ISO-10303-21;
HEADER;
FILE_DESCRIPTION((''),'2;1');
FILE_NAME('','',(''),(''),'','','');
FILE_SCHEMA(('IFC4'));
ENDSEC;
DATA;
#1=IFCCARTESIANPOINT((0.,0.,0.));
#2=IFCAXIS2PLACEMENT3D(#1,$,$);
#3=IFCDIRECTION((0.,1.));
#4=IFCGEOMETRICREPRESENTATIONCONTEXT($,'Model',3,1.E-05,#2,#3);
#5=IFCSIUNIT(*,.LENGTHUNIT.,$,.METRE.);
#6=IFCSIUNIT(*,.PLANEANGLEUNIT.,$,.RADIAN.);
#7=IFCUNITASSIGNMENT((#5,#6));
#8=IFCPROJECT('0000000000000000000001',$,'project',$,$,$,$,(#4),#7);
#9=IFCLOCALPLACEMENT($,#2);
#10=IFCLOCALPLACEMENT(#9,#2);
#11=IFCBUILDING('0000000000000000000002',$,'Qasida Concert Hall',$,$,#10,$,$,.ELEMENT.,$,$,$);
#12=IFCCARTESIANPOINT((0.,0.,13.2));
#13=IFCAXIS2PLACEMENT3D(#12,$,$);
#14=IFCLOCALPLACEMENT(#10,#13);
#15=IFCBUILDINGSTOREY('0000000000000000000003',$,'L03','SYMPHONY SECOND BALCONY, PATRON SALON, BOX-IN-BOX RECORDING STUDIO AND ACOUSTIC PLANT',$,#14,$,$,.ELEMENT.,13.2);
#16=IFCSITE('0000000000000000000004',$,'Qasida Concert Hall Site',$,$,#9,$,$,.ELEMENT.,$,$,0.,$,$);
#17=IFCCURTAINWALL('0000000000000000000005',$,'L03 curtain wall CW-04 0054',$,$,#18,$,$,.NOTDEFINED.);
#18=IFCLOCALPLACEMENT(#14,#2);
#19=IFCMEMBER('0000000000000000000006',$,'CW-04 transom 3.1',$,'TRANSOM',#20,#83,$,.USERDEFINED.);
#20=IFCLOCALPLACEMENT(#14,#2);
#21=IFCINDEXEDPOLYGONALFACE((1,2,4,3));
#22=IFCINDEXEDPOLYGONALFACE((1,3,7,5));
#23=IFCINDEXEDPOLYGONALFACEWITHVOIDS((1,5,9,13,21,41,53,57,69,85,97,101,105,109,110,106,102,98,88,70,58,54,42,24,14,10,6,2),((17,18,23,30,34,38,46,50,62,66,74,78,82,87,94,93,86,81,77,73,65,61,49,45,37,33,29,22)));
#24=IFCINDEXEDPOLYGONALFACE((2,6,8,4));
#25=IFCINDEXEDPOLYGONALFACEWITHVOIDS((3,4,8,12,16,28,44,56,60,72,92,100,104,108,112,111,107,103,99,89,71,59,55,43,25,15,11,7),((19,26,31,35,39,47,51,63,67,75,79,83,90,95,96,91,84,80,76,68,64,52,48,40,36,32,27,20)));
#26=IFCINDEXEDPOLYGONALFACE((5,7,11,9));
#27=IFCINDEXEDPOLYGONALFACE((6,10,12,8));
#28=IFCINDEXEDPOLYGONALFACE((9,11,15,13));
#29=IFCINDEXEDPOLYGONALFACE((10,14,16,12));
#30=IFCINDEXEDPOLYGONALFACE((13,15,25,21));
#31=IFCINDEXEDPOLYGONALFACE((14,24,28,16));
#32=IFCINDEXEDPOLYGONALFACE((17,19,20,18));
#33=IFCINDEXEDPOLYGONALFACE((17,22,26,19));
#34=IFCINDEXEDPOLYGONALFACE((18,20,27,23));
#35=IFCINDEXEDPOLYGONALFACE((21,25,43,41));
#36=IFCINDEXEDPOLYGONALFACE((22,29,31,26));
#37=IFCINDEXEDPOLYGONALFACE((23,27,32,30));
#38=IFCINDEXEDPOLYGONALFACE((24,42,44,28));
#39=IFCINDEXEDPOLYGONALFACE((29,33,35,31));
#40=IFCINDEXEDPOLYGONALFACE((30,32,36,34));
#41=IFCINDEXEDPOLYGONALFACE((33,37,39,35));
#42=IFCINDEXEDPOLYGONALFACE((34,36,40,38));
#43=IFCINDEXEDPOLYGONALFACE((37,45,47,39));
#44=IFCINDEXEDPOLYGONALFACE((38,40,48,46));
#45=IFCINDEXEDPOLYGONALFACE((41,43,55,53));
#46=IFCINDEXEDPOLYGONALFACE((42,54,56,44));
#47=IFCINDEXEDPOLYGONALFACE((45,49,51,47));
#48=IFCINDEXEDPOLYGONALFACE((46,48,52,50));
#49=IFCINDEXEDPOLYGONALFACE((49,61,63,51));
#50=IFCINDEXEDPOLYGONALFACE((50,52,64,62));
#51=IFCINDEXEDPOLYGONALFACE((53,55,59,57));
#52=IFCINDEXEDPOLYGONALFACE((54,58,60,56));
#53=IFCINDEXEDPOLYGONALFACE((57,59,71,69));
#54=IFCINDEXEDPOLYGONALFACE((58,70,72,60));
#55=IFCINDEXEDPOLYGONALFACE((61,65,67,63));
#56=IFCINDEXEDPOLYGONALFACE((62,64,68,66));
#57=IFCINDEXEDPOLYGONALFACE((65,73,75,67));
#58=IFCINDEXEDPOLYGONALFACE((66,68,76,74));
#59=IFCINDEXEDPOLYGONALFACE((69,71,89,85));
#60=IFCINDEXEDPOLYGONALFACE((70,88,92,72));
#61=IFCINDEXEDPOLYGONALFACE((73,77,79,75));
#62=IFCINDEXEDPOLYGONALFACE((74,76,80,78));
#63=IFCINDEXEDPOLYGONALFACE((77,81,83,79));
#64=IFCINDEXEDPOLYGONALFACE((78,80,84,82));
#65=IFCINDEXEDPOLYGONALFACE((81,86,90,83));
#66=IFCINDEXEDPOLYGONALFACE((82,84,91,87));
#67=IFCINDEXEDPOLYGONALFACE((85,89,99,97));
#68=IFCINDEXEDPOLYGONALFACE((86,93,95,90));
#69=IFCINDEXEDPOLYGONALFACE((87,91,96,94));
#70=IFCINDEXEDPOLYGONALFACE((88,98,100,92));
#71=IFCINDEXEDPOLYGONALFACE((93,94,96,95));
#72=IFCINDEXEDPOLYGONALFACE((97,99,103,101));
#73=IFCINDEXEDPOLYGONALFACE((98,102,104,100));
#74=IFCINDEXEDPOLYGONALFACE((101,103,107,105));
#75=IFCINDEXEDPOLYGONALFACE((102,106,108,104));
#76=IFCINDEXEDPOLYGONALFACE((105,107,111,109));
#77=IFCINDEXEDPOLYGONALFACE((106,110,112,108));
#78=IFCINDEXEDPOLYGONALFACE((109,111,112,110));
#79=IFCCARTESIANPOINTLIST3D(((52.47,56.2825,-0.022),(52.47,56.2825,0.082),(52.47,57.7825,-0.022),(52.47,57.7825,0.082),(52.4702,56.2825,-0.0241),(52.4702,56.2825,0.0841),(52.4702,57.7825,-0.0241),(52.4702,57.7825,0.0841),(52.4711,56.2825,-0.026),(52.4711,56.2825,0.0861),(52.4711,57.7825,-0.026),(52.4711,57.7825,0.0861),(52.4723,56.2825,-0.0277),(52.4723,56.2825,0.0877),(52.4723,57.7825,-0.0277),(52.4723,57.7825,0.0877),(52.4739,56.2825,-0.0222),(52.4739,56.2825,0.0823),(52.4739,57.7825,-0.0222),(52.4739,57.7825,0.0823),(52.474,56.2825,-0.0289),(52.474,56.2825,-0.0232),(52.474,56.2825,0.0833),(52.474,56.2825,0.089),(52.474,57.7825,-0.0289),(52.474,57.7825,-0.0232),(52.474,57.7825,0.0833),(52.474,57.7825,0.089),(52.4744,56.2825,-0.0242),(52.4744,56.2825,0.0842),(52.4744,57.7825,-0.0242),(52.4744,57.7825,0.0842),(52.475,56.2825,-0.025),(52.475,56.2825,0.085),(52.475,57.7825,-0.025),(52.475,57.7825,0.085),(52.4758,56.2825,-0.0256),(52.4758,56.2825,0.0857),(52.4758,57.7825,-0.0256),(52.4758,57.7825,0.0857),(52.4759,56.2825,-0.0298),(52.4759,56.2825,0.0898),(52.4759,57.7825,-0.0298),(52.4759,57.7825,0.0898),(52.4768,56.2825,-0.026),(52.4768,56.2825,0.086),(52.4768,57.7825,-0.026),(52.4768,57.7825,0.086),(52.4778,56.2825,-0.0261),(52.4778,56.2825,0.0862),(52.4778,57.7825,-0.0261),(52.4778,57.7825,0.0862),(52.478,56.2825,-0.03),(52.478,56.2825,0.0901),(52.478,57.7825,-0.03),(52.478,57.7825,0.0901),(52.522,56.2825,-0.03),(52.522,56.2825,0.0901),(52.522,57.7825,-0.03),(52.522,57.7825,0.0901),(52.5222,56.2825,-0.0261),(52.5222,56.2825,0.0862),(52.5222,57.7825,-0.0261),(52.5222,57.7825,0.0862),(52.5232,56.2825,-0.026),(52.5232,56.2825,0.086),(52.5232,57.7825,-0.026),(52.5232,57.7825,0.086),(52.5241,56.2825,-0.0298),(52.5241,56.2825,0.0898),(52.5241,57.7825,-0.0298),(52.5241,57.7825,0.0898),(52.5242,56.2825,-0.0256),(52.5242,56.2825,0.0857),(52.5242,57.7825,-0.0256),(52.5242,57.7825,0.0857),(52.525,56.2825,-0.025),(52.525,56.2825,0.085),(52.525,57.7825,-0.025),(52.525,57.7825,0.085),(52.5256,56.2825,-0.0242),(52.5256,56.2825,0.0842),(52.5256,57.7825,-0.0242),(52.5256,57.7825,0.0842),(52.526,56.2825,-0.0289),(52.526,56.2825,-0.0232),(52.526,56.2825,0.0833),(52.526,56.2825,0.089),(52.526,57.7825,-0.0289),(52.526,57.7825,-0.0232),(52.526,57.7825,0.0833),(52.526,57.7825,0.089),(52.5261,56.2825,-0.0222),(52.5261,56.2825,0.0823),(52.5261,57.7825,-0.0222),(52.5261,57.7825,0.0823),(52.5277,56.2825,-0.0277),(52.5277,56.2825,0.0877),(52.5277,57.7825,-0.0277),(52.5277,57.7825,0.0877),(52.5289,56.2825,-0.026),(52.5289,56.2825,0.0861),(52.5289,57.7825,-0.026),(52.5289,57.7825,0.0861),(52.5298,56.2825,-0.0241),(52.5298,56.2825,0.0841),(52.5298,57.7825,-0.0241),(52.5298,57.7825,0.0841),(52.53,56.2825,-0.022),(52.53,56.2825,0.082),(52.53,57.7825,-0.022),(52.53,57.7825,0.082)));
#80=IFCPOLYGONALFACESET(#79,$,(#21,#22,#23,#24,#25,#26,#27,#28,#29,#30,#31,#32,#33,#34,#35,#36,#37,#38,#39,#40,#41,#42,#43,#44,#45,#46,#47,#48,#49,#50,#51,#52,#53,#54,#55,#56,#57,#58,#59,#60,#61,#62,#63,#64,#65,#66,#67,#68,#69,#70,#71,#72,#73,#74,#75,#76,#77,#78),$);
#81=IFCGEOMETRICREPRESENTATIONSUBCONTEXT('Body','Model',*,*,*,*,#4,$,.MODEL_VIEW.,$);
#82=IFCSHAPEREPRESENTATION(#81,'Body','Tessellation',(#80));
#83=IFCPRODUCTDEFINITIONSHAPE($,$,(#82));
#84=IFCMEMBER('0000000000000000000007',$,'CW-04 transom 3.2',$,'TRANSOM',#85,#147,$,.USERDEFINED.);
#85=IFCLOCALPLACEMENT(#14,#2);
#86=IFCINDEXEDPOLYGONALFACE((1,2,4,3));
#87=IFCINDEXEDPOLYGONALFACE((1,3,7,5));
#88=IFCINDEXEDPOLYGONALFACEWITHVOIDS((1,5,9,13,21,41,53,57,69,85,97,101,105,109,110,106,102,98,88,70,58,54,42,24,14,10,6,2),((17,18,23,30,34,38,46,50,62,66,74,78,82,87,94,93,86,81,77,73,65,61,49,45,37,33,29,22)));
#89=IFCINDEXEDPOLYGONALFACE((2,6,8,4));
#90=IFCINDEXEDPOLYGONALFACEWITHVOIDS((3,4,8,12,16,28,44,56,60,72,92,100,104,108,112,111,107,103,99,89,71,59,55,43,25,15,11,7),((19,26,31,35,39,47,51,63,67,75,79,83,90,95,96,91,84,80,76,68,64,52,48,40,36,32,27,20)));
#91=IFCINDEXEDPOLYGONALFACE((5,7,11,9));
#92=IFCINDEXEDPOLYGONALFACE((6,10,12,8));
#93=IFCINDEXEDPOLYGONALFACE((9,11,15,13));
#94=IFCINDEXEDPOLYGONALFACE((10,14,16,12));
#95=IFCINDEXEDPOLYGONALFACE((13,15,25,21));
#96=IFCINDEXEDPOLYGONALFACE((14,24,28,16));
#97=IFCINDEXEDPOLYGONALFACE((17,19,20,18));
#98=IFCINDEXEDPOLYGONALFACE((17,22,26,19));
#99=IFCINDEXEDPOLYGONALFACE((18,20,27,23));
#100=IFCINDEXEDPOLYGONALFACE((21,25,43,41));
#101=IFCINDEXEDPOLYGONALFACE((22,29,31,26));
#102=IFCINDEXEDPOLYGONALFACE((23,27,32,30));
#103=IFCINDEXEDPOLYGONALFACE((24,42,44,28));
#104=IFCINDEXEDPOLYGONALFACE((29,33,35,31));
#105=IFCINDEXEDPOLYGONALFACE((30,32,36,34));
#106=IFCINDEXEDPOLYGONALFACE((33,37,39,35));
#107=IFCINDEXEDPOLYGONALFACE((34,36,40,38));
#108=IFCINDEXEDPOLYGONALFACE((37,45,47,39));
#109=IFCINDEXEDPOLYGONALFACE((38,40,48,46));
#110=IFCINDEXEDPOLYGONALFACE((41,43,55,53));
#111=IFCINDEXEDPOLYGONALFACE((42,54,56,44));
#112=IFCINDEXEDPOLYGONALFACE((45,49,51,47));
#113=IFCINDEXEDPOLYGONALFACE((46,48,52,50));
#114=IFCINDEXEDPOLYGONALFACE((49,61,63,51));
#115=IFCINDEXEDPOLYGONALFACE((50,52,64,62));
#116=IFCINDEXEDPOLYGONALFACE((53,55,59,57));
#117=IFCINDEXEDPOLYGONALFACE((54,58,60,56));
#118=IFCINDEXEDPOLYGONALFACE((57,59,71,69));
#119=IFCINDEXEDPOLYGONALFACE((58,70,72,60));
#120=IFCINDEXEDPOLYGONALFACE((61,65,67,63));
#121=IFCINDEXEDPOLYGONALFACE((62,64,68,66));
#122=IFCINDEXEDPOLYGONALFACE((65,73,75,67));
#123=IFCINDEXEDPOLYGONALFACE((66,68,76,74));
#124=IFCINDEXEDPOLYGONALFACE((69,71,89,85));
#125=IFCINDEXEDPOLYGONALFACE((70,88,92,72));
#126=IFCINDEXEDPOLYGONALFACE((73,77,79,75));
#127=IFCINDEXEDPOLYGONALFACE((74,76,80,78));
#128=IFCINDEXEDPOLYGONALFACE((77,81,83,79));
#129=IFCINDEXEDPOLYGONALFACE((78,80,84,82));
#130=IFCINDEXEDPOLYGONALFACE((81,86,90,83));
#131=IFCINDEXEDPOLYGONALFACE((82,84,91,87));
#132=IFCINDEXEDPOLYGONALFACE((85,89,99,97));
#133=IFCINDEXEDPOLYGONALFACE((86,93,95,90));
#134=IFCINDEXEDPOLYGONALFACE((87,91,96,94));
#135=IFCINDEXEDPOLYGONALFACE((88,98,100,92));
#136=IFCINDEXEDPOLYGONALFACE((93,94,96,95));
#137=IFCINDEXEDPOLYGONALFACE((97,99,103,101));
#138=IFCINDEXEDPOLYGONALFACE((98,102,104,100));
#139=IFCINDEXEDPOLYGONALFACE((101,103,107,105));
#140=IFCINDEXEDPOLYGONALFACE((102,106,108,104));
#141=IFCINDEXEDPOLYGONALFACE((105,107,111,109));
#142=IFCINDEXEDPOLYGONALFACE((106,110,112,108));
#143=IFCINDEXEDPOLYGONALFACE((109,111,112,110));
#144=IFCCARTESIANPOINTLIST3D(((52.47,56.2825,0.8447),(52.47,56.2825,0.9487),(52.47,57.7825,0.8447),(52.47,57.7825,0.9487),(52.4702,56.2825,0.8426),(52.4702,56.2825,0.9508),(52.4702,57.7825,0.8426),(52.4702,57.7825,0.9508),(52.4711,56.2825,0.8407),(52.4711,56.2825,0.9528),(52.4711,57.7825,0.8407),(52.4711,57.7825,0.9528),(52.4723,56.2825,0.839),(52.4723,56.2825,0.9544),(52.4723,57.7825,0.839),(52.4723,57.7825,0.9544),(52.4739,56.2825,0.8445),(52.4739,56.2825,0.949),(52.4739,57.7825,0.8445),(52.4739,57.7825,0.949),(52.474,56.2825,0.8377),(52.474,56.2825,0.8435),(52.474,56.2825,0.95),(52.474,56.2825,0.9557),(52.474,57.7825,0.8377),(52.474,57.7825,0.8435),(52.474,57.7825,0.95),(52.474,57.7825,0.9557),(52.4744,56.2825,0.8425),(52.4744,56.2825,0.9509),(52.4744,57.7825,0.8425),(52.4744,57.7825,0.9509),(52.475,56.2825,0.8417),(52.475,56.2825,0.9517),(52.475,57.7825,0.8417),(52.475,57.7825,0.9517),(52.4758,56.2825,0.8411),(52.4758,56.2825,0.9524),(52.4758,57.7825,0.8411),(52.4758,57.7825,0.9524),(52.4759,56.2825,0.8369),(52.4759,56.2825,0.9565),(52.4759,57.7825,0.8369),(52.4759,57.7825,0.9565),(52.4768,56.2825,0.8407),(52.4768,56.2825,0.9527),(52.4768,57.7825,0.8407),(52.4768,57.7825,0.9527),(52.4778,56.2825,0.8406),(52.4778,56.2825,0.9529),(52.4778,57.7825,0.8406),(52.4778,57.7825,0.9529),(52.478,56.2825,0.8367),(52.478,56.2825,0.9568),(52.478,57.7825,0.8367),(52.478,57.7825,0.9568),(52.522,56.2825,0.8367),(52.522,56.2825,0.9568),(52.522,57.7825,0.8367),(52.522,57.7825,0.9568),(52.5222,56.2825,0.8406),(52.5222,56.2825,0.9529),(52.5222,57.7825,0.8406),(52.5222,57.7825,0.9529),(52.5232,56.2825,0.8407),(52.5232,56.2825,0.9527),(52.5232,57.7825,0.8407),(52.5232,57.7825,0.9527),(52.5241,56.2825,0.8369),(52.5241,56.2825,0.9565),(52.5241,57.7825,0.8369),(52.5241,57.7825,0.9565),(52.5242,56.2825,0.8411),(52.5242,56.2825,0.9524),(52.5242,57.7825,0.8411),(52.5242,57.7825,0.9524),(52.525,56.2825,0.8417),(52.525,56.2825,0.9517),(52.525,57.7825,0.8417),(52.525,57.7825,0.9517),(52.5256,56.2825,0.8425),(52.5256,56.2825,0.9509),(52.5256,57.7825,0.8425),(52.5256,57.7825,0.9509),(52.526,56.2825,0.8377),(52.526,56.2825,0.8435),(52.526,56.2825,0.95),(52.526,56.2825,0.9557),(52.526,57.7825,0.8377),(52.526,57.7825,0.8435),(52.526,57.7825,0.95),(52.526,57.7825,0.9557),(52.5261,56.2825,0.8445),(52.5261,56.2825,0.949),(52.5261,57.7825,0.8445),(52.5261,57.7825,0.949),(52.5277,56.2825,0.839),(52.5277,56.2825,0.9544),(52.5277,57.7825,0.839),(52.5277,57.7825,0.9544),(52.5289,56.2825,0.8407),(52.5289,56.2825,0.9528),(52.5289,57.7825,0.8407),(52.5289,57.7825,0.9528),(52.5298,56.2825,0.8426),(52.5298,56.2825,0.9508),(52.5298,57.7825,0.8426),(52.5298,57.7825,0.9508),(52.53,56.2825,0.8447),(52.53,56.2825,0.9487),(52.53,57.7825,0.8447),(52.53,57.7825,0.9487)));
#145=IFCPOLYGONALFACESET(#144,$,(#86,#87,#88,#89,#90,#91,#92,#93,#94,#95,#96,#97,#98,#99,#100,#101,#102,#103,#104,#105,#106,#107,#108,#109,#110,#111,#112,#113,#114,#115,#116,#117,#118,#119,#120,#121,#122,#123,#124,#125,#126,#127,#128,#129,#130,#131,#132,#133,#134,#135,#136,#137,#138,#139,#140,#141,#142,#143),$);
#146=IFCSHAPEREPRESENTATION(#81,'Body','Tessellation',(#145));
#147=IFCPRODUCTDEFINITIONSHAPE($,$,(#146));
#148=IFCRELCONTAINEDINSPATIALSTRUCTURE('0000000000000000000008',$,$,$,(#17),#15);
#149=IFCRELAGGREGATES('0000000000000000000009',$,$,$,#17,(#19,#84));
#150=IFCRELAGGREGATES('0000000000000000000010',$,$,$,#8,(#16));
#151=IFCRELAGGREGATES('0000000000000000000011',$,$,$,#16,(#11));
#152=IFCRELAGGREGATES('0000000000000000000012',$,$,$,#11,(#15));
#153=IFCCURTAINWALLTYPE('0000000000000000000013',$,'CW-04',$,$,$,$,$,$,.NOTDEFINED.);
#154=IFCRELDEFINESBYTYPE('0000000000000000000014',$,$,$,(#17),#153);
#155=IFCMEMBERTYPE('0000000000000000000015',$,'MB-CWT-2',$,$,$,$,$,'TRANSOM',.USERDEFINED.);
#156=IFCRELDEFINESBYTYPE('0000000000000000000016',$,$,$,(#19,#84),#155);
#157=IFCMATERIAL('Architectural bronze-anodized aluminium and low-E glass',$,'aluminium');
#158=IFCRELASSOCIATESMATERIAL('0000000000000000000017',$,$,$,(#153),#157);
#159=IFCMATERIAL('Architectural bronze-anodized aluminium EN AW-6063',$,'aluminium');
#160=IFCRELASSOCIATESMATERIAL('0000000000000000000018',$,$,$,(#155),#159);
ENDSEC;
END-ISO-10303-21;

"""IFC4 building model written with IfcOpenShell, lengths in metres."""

from ifc_helpers import new_model, si_unit, direction, frame, origin, origin_2d, place, context, subcontext, project, spatial, hollow_rectangle, extrude, material, material_profile, profile_set, type_object, element, aggregate, save


model = new_model("IFC4")

# Units and contexts
model_context = context("Model", 3, precision=1e-05, world=origin(), true_north=direction((0.0, 1.0)))
body_context = subcontext(model_context, "Body", "Model", "MODEL_VIEW")
ifc_project = project(units=[si_unit("LENGTHUNIT", "METRE"), si_unit("PLANEANGLEUNIT", "RADIAN")], contexts=[model_context])

# Site, building, storey
site_placement = place(None, origin())
site = spatial("IfcSite", under=ifc_project, at=site_placement, Name="Qasida Concert Hall Site", CompositionType="ELEMENT", RefElevation=0.0)
building_placement = place(site_placement, origin())
building = spatial("IfcBuilding", under=site, at=building_placement, Name="Qasida Concert Hall", CompositionType="ELEMENT")
storey_placement = place(building_placement, frame((0.0, 0.0, 13.2)))
storey = spatial("IfcBuildingStorey", under=building, at=storey_placement, Name="L03", Description="SYMPHONY SECOND BALCONY, PATRON SALON, BOX-IN-BOX RECORDING STUDIO AND ACOUSTIC PLANT", CompositionType="ELEMENT", Elevation=13.2)

# Curtain wall, members
ifc_material_1 = material(Name="Architectural bronze-anodized aluminium and low-E glass", Category="aluminium")
curtain_wall_type = type_object("IfcCurtainWallType", Name="CW-04", PredefinedType="NOTDEFINED", material=ifc_material_1)
curtain_wall_placement = place(storey_placement, origin())
curtain_wall = element("IfcCurtainWall", 1, at=curtain_wall_placement, inside=storey, type_object=curtain_wall_type, Name="L03 curtain wall CW-04 0054", PredefinedType="NOTDEFINED")
ifc_material_2 = material(Name="Architectural bronze-anodized aluminium EN AW-6063", Category="aluminium")
ifc_material_profile_1 = material_profile(ifc_material_2, hollow_rectangle(XDim=0.0601, YDim=0.1201, WallThickness=0.0039, InnerFilletRadius=0.0039, OuterFilletRadius=0.0081, at=origin_2d()), Name="CWT 120x60x4")
ifc_profile_set_1 = profile_set([ifc_material_profile_1], Name="Architectural bronze-anodized aluminium EN AW-6063")
member_type_1 = type_object("IfcMemberType", Name="MB-CWT-2", ElementType="TRANSOM", PredefinedType="USERDEFINED", material=ifc_profile_set_1)
member_1_placement = place(storey_placement, frame((52.5, 56.2825, 0.03), z_axis=(0.0, 1.0, 0.0), x_axis=(-1.0, 0.0, 0.0)))
member_1 = element("IfcMember", 2, at=member_1_placement, type_object=member_type_1, Name="CW-04 transom 3.1", ObjectType="TRANSOM", PredefinedType="USERDEFINED", context=body_context, shape_type="SweptSolid", body=[
    extrude(hollow_rectangle(XDim=0.0601, YDim=0.1201, WallThickness=0.0039, InnerFilletRadius=0.0039, OuterFilletRadius=0.0081, at=origin_2d()), origin(), (0.0, 0.0, 1.0), 1.5),
])
member_2_placement = place(storey_placement, frame((52.5, 56.2825, 0.8967), z_axis=(0.0, 1.0, 0.0), x_axis=(-1.0, 0.0, 0.0)))
member_2 = element("IfcMember", 3, at=member_2_placement, type_object=member_type_1, Name="CW-04 transom 3.2", ObjectType="TRANSOM", PredefinedType="USERDEFINED", context=body_context, shape_type="SweptSolid", body=[
    extrude(hollow_rectangle(XDim=0.0601, YDim=0.1201, WallThickness=0.0039, InnerFilletRadius=0.0039, OuterFilletRadius=0.0081, at=origin_2d()), origin(), (0.0, 0.0, 1.0), 1.5),
])
aggregate(curtain_wall, [member_1, member_2])

save(model, "model.ifc")
